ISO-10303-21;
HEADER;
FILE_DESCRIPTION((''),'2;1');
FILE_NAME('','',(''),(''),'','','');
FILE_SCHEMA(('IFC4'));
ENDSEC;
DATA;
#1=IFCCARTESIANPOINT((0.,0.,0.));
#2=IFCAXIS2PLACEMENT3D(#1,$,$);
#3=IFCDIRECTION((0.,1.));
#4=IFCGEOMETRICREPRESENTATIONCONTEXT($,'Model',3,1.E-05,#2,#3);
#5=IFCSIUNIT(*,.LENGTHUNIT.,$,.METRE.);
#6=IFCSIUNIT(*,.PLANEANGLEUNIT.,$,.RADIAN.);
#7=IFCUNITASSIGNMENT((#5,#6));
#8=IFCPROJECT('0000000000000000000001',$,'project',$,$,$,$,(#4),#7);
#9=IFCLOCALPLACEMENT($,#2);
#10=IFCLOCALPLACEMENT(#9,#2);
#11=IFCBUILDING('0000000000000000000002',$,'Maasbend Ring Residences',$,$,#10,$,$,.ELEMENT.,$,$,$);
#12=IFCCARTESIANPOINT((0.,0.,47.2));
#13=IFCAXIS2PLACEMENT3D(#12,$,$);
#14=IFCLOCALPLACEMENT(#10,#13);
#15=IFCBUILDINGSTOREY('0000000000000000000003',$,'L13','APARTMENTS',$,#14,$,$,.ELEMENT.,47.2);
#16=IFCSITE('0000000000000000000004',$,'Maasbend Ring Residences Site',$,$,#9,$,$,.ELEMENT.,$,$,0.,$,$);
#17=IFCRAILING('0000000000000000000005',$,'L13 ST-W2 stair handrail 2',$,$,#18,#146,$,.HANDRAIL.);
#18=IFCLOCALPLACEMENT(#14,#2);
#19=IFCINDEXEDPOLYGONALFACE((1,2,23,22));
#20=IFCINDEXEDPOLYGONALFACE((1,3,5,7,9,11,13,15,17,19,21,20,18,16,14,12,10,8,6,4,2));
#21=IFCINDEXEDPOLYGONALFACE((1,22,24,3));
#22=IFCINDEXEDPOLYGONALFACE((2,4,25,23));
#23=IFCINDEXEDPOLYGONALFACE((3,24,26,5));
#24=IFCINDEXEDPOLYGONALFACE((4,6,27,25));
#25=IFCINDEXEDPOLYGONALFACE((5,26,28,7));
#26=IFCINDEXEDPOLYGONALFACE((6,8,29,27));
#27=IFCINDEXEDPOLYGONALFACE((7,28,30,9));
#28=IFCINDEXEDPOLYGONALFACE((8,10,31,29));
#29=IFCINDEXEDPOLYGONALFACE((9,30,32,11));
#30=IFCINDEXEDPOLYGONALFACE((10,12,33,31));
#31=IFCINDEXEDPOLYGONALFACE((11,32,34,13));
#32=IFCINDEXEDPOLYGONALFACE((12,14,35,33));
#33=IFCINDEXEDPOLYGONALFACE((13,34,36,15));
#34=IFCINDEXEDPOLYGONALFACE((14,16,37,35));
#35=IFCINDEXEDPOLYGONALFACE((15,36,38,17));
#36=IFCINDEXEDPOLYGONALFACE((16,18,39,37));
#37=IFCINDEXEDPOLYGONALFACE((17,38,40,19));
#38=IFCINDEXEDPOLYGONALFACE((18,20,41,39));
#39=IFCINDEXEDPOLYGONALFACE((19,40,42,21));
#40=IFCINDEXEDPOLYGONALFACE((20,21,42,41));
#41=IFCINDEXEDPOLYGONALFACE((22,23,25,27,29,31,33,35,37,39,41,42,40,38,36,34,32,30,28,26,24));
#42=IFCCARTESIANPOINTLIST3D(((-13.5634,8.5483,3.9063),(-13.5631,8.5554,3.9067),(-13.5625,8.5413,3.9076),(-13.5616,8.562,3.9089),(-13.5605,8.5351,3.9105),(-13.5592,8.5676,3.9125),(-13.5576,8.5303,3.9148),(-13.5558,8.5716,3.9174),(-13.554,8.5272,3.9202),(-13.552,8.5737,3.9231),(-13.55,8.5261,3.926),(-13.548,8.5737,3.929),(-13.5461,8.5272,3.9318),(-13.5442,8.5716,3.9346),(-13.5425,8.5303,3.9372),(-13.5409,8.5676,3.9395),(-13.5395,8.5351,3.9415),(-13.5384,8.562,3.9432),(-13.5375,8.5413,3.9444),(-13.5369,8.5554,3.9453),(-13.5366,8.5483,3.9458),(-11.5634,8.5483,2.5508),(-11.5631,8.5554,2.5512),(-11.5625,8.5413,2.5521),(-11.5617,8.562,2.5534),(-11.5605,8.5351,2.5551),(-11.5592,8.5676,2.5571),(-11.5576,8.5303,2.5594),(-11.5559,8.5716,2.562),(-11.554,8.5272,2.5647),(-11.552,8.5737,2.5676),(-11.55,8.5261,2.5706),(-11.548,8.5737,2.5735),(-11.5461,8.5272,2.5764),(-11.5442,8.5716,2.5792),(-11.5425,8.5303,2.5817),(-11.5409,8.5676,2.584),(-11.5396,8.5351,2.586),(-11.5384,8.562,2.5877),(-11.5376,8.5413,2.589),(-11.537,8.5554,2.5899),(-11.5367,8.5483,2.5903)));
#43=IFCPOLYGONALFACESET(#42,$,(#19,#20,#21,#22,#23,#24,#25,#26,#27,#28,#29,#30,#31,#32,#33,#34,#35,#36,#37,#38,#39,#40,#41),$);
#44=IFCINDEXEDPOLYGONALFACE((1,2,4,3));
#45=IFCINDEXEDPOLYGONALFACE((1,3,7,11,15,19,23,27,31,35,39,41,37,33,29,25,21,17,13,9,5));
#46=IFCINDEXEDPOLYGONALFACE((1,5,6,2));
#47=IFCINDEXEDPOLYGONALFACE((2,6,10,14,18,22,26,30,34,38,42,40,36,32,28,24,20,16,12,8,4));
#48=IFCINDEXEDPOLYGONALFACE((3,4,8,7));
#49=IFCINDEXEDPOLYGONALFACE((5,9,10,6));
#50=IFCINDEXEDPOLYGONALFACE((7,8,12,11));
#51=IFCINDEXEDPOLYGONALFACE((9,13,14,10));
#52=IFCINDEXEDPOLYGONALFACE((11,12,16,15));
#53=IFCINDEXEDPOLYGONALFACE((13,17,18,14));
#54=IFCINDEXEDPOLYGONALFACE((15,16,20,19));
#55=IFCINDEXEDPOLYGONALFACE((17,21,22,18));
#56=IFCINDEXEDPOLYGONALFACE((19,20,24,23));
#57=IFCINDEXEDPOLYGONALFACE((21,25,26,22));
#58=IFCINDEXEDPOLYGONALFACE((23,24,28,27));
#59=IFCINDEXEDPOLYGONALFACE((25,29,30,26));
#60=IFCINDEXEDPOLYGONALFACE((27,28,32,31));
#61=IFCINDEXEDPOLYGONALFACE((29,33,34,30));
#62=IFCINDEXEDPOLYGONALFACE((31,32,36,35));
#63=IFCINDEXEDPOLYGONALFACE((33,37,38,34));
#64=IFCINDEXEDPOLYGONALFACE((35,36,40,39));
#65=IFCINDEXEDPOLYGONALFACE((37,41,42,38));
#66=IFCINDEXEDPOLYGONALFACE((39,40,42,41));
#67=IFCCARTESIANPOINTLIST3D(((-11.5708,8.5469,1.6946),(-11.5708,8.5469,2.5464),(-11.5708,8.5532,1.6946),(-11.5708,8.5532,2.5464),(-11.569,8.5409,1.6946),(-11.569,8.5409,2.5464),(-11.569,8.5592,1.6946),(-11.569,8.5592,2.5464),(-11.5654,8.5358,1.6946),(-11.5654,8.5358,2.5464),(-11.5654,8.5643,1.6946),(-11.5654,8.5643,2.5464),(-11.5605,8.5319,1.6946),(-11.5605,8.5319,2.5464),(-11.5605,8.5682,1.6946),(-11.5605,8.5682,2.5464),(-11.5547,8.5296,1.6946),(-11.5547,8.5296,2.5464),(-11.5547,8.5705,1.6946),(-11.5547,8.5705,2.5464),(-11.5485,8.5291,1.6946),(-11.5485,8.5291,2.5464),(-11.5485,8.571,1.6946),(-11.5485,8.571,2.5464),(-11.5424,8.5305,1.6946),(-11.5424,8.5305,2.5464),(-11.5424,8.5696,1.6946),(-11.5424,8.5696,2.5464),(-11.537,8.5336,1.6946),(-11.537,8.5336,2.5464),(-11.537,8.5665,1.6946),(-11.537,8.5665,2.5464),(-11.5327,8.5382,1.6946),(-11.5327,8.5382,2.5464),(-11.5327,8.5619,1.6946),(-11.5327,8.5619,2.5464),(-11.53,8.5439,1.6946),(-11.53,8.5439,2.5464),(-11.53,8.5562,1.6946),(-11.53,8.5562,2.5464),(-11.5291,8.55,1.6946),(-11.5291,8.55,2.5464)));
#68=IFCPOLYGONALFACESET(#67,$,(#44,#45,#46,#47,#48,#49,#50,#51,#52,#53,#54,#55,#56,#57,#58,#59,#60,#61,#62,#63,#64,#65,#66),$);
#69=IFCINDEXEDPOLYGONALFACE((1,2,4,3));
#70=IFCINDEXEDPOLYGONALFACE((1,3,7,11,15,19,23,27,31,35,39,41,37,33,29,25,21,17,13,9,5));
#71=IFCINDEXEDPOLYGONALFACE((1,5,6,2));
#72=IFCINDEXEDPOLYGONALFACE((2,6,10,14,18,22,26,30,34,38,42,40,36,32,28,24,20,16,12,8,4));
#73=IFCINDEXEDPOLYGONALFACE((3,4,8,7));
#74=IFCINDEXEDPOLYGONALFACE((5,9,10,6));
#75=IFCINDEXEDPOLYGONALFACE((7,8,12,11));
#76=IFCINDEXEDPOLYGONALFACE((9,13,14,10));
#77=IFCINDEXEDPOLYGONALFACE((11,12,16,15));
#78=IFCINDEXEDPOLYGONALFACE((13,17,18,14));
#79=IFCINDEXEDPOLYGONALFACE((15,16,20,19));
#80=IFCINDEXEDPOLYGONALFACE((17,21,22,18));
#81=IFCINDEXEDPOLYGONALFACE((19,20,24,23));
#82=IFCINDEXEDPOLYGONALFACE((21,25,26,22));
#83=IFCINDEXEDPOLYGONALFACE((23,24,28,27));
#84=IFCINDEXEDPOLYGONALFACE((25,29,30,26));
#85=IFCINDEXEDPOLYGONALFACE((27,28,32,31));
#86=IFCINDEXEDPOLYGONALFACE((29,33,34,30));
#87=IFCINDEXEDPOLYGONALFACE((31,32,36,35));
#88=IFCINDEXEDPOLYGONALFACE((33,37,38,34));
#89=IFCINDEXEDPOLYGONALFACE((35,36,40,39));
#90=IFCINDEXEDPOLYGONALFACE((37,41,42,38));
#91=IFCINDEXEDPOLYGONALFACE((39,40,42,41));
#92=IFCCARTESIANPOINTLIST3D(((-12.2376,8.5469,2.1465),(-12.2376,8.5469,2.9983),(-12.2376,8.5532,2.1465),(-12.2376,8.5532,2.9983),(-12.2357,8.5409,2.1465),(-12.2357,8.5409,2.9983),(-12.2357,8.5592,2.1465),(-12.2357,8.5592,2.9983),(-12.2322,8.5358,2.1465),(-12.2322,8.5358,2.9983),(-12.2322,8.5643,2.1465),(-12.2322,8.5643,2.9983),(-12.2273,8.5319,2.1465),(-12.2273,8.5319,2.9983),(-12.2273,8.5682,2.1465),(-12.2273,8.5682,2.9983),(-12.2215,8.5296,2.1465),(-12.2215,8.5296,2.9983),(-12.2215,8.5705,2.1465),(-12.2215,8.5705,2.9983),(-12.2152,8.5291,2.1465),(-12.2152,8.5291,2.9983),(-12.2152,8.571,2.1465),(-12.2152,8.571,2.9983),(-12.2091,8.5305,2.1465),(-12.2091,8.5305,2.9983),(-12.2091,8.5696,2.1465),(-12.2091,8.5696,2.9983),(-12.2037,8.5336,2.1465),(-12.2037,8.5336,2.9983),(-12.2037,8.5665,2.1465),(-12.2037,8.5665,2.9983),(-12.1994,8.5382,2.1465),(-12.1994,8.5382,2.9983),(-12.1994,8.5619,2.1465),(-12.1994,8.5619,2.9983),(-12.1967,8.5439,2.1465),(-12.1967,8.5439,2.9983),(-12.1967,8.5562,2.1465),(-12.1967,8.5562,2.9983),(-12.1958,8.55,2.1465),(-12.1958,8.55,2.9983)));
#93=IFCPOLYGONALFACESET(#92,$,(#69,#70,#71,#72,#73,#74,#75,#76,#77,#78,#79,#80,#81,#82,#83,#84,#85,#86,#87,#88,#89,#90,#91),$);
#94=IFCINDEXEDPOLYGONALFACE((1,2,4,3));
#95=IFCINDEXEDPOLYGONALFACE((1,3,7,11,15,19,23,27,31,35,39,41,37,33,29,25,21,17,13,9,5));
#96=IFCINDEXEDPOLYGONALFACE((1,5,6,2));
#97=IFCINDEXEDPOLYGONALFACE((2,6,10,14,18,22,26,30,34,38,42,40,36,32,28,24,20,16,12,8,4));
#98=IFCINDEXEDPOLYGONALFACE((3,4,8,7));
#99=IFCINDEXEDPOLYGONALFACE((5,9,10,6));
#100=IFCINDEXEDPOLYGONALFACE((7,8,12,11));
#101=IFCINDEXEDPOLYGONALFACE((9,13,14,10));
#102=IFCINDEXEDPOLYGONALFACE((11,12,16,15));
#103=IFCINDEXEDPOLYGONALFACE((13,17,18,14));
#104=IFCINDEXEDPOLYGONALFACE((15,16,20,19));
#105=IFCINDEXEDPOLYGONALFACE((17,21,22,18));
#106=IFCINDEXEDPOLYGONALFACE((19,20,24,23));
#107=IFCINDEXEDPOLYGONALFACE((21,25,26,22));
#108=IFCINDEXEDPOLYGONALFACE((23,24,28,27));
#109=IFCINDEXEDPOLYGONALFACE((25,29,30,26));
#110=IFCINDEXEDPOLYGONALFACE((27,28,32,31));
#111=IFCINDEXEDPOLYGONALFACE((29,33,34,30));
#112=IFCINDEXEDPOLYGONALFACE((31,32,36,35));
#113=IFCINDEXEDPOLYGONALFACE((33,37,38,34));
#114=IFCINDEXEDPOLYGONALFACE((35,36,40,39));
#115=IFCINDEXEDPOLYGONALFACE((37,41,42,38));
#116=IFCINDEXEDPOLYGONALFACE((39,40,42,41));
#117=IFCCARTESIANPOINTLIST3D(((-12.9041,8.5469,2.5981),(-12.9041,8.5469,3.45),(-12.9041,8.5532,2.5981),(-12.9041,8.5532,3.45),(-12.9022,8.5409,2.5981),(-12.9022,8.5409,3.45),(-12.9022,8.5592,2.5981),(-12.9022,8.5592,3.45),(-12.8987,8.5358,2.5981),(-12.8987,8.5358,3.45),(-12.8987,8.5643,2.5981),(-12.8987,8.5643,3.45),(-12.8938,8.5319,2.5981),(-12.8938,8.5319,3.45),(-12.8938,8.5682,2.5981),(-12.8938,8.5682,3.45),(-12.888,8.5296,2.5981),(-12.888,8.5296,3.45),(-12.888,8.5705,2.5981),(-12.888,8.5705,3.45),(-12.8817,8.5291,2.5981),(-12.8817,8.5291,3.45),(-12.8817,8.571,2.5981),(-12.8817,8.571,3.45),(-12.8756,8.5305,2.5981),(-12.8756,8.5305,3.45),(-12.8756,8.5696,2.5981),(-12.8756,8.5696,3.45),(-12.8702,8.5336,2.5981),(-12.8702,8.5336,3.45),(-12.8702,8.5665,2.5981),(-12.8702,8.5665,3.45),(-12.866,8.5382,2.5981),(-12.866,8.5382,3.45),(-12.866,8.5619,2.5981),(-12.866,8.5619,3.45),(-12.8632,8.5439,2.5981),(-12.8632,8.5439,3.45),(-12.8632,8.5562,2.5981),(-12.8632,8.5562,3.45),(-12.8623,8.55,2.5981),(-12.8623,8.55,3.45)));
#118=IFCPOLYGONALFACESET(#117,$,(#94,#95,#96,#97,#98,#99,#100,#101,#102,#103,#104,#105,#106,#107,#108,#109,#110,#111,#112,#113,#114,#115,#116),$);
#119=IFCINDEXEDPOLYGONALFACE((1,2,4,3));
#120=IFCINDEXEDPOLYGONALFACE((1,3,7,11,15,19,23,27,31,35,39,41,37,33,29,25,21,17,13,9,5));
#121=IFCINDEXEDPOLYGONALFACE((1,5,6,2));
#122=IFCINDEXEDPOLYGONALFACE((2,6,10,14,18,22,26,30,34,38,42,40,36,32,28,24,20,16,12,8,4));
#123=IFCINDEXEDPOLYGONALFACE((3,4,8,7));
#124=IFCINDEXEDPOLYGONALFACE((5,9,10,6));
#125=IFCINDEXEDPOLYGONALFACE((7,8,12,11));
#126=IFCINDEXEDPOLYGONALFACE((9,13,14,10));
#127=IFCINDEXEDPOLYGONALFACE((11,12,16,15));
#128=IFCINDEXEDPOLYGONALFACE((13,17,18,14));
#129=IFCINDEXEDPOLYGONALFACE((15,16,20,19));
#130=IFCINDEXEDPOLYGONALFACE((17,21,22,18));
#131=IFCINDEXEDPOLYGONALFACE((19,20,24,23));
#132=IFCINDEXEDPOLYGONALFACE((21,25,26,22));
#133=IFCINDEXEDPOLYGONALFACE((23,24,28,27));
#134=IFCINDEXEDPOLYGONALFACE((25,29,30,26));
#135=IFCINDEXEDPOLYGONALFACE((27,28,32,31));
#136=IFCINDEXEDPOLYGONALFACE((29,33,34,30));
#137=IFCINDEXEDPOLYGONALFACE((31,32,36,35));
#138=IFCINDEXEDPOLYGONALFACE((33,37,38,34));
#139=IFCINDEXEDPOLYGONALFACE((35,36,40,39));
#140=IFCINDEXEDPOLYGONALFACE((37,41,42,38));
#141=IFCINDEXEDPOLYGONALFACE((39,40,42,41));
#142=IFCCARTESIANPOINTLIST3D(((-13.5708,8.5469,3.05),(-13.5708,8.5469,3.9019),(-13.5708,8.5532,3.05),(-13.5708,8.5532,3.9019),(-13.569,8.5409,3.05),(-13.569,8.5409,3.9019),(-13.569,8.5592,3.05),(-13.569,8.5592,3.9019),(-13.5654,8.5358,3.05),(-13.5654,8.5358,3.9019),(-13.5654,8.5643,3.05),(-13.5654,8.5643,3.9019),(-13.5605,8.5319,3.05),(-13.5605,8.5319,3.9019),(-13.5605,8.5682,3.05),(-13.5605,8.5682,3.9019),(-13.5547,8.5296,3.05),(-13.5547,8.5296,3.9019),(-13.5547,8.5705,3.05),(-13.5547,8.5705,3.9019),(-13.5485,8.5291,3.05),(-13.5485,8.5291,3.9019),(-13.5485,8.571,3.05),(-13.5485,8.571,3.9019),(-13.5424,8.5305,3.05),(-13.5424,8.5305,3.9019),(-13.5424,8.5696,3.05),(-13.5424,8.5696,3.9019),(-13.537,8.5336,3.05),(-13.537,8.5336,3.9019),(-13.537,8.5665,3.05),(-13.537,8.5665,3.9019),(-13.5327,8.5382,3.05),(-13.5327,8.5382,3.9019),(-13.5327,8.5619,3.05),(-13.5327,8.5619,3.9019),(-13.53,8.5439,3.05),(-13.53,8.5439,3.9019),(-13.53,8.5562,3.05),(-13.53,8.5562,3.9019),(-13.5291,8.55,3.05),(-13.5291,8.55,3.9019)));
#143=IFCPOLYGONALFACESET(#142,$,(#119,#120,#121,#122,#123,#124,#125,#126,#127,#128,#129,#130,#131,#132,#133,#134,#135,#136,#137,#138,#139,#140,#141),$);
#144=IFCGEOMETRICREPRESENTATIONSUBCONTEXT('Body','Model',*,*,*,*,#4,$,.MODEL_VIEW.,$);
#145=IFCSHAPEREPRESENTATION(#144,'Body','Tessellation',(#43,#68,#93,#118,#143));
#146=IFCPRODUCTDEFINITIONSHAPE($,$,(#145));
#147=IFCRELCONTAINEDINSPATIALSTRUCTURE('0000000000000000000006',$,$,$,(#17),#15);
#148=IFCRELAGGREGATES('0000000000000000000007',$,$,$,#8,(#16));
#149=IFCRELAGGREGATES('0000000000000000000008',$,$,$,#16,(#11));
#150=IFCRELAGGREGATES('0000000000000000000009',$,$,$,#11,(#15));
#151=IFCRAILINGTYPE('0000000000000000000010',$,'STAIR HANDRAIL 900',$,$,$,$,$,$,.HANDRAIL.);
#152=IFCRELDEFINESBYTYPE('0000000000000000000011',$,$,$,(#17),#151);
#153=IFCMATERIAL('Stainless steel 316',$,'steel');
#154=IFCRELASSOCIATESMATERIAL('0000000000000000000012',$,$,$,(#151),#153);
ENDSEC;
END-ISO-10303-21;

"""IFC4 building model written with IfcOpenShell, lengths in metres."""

from ifc_helpers import new_model, si_unit, direction, frame, origin, origin_2d, place, context, subcontext, project, spatial, circle, extrude, material, type_object, element, save


model = new_model("IFC4")

# Units and contexts
model_context = context("Model", 3, precision=1e-05, world=origin(), true_north=direction((0.0, 1.0)))
body_context = subcontext(model_context, "Body", "Model", "MODEL_VIEW")
ifc_project = project(units=[si_unit("LENGTHUNIT", "METRE"), si_unit("PLANEANGLEUNIT", "RADIAN")], contexts=[model_context])

# Site, building, storey
site_placement = place(None, origin())
site = spatial("IfcSite", under=ifc_project, at=site_placement, Name="Maasbend Ring Residences Site", CompositionType="ELEMENT", RefElevation=0.0)
building_placement = place(site_placement, origin())
building = spatial("IfcBuilding", under=site, at=building_placement, Name="Maasbend Ring Residences", CompositionType="ELEMENT")
storey_placement = place(building_placement, frame((0.0, 0.0, 47.2)))
storey = spatial("IfcBuildingStorey", under=building, at=storey_placement, Name="L13", Description="APARTMENTS", CompositionType="ELEMENT", Elevation=47.2)

# Railing
ifc_material_1 = material(Name="Stainless steel 316", Category="steel")
railing_type_1 = type_object("IfcRailingType", Name="STAIR HANDRAIL 900", PredefinedType="HANDRAIL", material=ifc_material_1)
railing_1_placement = place(storey_placement, frame((-11.55, 8.55, 1.6946)))
element("IfcRailing", 1, at=railing_1_placement, inside=storey, type_object=railing_type_1, Name="L13 ST-W2 stair handrail 2", PredefinedType="HANDRAIL", context=body_context, shape_type="SweptSolid", body=[
    extrude(circle(Radius=0.0239, at=origin_2d()), frame((0.0, 0.0, 0.876), z_axis=(-0.827798, 0.0, 0.561027), x_axis=(0.0, -1.0, 0.0)), (0.0, 0.0, 1.0), 2.416),
    extrude(circle(Radius=0.021, at=origin_2d()), origin(), (0.0, 0.0, 1.0), 0.8518),
    extrude(circle(Radius=0.021, at=origin_2d()), frame((-0.6667, 0.0, 0.4519)), (0.0, 0.0, 1.0), 0.8518),
    extrude(circle(Radius=0.021, at=origin_2d()), frame((-1.3333, 0.0, 0.9036)), (0.0, 0.0, 1.0), 0.8518),
    extrude(circle(Radius=0.021, at=origin_2d()), frame((-2.0, 0.0, 1.3555)), (0.0, 0.0, 1.0), 0.8518),
])

save(model, "model.ifc")
